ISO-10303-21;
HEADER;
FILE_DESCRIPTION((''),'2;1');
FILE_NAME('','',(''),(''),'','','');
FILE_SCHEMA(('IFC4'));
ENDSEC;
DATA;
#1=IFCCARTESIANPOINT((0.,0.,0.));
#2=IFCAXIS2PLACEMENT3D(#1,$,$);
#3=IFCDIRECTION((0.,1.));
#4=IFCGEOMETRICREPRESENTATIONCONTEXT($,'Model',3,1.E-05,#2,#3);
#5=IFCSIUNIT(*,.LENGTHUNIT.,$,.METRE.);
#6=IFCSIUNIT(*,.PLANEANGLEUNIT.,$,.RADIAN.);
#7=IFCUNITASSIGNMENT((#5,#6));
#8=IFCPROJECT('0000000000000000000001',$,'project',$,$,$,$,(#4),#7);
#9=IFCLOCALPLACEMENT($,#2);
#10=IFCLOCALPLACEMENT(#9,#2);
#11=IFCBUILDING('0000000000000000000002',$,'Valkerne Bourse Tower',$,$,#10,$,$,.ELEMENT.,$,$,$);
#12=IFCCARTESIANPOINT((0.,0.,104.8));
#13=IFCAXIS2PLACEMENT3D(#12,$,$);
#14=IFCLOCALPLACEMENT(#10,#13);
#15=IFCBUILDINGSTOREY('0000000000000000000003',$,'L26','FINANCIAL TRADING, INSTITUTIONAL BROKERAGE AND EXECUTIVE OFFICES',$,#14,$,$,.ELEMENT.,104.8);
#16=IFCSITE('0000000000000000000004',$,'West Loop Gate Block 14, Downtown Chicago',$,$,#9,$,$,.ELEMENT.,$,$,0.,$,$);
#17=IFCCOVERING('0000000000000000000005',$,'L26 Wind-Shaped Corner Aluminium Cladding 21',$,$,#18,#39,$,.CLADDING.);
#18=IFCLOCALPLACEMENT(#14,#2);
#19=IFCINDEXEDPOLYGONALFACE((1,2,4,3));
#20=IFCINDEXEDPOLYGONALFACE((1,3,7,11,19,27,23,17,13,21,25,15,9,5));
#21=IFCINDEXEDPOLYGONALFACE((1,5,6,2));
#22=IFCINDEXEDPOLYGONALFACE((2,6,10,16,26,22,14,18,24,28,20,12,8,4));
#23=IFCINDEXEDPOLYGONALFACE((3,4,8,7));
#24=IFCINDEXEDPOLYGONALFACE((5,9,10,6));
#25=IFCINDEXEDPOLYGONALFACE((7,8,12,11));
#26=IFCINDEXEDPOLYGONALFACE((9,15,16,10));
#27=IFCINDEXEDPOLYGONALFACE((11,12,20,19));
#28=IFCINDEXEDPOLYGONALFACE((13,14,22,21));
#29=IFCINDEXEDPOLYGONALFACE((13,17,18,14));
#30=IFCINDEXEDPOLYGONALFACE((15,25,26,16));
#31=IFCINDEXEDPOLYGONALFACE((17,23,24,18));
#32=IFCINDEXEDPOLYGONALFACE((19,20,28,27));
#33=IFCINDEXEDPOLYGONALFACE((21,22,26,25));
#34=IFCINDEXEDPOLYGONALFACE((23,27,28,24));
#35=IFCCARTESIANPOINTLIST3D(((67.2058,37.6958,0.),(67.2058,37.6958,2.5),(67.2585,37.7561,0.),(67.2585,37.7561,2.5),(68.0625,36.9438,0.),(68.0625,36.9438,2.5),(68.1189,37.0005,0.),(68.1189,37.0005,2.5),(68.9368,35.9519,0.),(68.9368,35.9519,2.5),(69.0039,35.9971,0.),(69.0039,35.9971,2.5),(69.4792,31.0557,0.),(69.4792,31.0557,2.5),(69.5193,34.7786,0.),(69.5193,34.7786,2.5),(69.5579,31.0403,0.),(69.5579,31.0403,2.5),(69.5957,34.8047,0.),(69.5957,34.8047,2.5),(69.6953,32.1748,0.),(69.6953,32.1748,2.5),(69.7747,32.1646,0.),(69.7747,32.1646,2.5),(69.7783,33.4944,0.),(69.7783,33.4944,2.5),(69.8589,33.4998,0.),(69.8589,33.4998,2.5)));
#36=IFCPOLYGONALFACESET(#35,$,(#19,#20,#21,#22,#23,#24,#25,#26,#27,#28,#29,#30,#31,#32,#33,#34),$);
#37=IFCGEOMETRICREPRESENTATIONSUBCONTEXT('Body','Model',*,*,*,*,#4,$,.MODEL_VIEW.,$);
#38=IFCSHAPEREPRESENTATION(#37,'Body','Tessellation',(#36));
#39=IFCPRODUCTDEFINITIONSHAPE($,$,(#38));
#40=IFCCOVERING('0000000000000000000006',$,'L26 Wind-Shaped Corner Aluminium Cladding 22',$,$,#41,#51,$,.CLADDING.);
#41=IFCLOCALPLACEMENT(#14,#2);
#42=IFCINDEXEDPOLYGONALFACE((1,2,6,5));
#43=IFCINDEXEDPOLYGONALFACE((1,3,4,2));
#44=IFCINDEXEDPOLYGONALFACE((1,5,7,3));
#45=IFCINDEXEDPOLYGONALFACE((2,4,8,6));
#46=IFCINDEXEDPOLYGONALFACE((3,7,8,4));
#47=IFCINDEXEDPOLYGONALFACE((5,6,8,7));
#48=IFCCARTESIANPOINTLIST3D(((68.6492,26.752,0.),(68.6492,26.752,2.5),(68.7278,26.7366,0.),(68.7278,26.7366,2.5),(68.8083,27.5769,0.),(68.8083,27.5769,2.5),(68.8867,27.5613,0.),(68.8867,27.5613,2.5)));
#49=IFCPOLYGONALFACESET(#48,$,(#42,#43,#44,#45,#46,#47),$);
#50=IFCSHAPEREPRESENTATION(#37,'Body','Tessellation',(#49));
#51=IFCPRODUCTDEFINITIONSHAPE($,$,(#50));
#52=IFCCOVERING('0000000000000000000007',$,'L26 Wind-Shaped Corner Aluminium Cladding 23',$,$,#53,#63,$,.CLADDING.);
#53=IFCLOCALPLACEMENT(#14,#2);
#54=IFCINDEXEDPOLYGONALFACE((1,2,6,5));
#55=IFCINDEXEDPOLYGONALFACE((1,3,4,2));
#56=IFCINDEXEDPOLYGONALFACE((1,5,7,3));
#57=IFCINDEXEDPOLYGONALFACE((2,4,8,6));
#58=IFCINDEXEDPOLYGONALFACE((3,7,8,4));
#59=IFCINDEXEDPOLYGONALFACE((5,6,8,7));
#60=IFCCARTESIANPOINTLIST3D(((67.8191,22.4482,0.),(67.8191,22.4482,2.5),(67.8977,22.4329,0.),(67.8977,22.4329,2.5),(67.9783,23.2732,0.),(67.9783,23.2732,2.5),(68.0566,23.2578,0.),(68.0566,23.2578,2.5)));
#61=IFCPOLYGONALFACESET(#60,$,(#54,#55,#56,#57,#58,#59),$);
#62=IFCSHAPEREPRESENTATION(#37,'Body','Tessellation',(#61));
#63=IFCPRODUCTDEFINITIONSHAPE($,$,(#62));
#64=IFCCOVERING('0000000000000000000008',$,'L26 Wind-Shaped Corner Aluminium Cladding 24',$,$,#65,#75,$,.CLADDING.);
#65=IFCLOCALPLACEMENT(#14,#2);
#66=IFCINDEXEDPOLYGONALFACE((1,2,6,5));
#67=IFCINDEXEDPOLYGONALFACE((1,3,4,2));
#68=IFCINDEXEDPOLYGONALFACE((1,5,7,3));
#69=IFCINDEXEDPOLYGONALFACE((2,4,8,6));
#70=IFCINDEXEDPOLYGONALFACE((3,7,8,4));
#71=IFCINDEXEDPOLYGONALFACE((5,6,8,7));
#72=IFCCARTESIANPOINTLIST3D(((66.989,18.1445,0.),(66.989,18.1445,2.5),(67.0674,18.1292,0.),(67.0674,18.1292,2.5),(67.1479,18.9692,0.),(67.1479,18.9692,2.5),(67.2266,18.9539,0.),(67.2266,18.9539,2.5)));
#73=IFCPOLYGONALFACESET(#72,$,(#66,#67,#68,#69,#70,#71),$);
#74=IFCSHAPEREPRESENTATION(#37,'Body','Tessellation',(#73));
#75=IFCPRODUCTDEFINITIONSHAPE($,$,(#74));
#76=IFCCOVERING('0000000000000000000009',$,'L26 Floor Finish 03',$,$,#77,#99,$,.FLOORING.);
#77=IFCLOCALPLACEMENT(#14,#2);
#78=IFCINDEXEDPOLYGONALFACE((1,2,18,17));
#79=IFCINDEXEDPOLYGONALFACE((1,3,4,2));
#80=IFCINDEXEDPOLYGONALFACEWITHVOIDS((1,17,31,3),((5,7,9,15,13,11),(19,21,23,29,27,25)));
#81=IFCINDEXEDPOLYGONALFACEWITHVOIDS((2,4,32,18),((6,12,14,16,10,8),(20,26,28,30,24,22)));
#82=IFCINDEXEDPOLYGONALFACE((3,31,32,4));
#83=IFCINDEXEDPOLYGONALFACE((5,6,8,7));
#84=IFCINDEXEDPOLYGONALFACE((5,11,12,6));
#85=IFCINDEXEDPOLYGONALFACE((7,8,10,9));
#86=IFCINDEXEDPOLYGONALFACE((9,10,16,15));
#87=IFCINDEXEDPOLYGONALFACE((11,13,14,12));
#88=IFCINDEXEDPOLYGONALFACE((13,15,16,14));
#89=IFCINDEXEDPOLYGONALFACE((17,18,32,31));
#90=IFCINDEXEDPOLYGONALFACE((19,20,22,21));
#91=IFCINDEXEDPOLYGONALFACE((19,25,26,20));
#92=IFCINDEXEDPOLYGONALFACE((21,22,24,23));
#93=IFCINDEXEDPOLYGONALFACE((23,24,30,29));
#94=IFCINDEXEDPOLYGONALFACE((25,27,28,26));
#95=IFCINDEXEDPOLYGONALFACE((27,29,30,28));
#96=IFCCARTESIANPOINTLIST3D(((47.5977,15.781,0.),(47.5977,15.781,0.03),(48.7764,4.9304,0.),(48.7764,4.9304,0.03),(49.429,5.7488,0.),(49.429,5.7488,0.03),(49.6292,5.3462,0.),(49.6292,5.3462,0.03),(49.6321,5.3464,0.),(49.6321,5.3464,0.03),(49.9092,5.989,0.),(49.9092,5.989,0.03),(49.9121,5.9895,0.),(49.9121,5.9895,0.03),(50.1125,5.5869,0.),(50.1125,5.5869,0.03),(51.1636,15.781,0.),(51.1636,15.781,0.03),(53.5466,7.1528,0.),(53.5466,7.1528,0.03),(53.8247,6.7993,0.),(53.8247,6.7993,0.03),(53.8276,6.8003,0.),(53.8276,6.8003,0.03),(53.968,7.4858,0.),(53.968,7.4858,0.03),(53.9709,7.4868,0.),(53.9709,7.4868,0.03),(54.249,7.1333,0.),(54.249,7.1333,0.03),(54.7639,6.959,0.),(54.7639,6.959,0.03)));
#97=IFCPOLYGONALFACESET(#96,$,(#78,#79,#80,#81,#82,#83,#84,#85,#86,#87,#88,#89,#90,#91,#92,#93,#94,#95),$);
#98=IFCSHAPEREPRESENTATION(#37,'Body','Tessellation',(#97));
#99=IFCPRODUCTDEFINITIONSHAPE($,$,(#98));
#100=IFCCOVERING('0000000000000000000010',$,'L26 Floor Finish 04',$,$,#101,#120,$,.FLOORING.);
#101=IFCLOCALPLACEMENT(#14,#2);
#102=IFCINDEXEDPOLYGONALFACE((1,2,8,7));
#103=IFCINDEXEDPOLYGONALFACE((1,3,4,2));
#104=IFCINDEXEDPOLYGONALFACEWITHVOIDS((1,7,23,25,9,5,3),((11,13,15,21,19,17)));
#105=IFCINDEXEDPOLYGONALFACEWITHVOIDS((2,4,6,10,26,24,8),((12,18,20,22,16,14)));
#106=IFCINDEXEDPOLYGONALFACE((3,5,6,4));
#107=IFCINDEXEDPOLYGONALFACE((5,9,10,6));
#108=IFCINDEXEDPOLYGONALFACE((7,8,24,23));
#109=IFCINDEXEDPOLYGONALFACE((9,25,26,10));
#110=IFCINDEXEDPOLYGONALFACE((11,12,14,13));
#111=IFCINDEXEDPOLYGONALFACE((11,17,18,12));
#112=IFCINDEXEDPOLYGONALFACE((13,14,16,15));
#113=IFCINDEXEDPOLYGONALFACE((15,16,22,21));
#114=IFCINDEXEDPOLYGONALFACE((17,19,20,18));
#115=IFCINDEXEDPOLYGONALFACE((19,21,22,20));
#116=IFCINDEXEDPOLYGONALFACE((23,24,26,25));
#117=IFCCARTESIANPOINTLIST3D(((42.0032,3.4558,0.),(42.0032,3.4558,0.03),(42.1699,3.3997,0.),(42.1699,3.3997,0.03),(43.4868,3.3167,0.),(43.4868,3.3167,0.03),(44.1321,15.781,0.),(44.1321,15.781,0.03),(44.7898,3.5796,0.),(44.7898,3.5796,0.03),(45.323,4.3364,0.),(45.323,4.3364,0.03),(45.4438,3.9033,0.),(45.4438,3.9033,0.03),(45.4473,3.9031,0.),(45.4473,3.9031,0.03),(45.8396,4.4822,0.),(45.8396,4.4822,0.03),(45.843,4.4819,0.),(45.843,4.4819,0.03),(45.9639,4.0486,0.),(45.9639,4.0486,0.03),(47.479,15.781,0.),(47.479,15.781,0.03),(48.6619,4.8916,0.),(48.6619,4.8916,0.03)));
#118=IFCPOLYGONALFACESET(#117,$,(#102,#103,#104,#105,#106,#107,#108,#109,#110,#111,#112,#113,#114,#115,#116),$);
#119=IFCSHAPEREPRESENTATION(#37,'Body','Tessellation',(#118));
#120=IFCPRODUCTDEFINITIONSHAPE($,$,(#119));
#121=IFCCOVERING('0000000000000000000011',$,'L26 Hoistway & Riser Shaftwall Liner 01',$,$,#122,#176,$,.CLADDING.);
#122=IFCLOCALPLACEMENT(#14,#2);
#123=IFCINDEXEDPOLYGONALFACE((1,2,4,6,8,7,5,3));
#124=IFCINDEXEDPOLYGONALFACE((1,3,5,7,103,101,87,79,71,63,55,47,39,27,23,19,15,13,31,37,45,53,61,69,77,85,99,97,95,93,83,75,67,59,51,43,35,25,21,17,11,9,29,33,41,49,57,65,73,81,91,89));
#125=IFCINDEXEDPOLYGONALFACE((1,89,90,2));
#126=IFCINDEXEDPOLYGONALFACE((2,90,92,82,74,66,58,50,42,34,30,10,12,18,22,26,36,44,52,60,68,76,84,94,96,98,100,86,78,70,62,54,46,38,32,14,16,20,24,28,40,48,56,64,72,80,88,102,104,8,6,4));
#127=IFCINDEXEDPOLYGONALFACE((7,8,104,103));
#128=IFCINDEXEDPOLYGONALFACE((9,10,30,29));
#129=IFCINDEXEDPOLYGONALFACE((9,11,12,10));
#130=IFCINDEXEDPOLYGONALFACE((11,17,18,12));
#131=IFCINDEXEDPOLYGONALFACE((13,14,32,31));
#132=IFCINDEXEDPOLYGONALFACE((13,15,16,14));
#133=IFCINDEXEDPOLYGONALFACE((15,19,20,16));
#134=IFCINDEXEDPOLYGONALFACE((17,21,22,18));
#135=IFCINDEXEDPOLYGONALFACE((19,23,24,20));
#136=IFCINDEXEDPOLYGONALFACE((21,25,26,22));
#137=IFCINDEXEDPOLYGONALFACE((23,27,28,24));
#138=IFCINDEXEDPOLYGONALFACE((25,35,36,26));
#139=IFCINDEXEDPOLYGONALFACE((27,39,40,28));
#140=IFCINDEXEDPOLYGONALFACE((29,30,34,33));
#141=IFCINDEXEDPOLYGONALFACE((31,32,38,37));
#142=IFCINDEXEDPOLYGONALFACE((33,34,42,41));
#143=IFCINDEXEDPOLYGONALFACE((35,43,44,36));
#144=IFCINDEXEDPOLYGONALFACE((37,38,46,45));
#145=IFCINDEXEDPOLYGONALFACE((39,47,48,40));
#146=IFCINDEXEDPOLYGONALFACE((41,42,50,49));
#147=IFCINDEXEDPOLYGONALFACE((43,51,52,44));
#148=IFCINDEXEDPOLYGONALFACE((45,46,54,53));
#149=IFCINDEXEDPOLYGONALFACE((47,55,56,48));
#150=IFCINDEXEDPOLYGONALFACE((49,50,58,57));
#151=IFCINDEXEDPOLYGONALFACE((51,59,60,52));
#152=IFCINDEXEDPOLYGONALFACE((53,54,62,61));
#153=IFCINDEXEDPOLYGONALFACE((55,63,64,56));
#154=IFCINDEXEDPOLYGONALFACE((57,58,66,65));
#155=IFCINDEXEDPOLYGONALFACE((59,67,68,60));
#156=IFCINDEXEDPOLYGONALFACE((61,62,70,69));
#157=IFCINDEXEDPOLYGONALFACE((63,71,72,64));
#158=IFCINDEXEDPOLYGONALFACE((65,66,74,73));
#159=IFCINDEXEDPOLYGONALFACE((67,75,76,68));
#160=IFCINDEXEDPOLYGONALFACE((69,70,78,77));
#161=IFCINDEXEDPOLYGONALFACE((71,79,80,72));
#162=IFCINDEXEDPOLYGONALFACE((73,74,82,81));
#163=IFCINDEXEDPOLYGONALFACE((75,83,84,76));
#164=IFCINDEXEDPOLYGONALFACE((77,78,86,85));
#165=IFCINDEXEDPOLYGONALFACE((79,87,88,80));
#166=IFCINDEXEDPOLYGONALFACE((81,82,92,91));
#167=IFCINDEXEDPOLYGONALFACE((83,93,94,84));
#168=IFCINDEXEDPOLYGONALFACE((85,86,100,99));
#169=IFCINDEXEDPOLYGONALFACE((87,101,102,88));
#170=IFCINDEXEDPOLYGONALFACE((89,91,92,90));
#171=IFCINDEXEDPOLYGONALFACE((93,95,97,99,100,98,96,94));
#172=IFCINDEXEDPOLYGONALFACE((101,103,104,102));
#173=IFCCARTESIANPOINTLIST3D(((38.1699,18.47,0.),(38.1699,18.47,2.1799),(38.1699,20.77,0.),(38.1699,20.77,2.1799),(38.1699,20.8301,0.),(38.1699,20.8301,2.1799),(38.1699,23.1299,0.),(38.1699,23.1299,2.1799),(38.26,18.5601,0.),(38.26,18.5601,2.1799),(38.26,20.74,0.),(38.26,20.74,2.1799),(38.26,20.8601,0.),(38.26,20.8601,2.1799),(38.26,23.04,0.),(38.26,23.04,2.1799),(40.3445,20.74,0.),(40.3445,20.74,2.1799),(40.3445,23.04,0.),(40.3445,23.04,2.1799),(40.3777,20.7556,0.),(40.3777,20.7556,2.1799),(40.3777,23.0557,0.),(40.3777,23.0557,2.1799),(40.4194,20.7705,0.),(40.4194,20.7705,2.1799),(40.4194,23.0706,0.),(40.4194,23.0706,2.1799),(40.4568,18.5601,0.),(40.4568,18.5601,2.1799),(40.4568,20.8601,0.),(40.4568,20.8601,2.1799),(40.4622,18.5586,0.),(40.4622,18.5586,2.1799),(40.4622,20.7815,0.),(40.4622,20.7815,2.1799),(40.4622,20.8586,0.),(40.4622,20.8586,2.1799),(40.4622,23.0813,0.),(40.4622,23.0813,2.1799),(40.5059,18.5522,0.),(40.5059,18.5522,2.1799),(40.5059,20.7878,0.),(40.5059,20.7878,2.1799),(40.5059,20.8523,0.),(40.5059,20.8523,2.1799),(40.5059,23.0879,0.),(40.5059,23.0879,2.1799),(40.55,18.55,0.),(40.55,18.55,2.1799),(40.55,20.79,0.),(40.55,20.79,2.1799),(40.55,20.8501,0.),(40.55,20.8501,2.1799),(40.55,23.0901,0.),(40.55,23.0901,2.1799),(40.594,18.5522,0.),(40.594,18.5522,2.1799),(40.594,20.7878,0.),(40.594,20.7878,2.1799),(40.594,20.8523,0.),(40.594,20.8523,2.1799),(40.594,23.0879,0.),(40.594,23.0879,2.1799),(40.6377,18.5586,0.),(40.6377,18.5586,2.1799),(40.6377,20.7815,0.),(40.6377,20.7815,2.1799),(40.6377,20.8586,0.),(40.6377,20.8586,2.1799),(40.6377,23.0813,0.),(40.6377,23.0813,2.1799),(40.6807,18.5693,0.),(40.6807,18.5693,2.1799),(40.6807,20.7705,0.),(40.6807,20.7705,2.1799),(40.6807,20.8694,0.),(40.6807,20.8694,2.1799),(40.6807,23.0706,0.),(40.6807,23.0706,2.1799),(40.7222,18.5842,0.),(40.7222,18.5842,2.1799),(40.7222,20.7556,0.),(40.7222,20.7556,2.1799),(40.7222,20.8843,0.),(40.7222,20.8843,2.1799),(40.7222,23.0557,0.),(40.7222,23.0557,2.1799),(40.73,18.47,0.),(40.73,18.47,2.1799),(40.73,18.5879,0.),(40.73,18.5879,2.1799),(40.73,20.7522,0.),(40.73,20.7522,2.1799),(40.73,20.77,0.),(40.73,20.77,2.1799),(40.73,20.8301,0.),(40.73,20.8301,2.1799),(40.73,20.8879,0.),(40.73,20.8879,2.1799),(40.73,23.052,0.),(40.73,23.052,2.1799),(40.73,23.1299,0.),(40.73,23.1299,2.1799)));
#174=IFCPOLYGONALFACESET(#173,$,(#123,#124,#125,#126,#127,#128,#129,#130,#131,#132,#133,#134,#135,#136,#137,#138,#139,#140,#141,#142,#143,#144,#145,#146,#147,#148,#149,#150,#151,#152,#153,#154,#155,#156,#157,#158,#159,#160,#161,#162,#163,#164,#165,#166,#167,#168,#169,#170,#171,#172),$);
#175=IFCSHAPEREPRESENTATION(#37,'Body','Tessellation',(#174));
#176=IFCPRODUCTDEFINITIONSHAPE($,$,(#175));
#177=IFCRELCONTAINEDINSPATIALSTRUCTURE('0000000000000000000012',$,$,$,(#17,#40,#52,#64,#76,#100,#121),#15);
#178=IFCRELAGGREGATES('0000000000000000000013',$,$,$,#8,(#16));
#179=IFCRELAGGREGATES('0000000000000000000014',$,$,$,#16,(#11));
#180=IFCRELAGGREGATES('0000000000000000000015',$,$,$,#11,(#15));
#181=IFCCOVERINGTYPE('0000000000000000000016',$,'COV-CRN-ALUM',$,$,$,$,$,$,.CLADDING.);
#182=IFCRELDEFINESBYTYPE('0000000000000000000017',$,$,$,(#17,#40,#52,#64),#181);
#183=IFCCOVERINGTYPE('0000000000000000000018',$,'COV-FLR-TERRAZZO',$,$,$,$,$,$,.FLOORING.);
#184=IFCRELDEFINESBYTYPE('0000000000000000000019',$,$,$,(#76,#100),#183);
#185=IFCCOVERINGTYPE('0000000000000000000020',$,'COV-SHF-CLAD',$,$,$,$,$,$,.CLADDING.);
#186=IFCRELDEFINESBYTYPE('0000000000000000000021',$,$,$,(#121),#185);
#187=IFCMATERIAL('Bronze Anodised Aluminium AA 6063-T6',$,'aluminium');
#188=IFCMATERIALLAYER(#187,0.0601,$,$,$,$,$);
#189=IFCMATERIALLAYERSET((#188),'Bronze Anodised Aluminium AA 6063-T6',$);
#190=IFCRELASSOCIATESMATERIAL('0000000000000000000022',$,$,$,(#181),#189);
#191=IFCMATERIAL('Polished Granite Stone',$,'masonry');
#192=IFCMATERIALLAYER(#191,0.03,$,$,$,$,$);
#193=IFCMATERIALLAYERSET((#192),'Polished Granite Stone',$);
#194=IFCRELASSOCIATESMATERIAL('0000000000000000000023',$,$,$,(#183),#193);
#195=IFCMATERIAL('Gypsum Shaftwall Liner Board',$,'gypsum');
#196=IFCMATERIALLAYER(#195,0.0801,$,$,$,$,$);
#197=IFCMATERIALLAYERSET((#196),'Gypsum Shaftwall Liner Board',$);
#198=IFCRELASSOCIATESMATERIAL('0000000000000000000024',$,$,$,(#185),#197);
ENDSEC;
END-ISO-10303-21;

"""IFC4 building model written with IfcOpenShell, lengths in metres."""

from ifc_helpers import new_model, si_unit, direction, frame, origin, place, context, subcontext, project, spatial, polyline, outline, extrude, material, layer, layer_set, type_object, element, save


model = new_model("IFC4")

# Units and contexts
model_context = context("Model", 3, precision=1e-05, world=origin(), true_north=direction((0.0, 1.0)))
body_context = subcontext(model_context, "Body", "Model", "MODEL_VIEW")
ifc_project = project(units=[si_unit("LENGTHUNIT", "METRE"), si_unit("PLANEANGLEUNIT", "RADIAN")], contexts=[model_context])

# Site, building, storey
site_placement = place(None, origin())
site = spatial("IfcSite", under=ifc_project, at=site_placement, Name="West Loop Gate Block 14, Downtown Chicago", CompositionType="ELEMENT", RefElevation=0.0)
building_placement = place(site_placement, origin())
building = spatial("IfcBuilding", under=site, at=building_placement, Name="Valkerne Bourse Tower", CompositionType="ELEMENT")
storey_placement = place(building_placement, frame((0.0, 0.0, 104.8)))
storey = spatial("IfcBuildingStorey", under=building, at=storey_placement, Name="L26", Description="FINANCIAL TRADING, INSTITUTIONAL BROKERAGE AND EXECUTIVE OFFICES", CompositionType="ELEMENT", Elevation=104.8)

# Coverings
ifc_material_1 = material(Name="Bronze Anodised Aluminium AA 6063-T6", Category="aluminium")
ifc_layer_1 = layer(ifc_material_1, 0.0601)
ifc_layer_set_1 = layer_set([ifc_layer_1], Name="Bronze Anodised Aluminium AA 6063-T6")
covering_type_1 = type_object("IfcCoveringType", Name="COV-CRN-ALUM", PredefinedType="CLADDING", material=ifc_layer_set_1)
covering_1_placement = place(storey_placement, origin())
element("IfcCovering", 1, at=covering_1_placement, inside=storey, type_object=covering_type_1, Name="L26 Wind-Shaped Corner Aluminium Cladding 21", PredefinedType="CLADDING", context=body_context, shape_type="SweptSolid", body=[
    extrude(outline(polyline([(68.1189, 37.0005), (69.0039, 35.9971), (69.5957, 34.8047), (69.8589, 33.4998), (69.7747, 32.1646), (69.5579, 31.0403), (69.4792, 31.0557), (69.6953, 32.1748), (69.7783, 33.4944), (69.5193, 34.7786), (68.9368, 35.9519), (68.0625, 36.9438), (67.2058, 37.6958), (67.2585, 37.7561), (68.1189, 37.0005)])), origin(), (0.0, 0.0, 1.0), 2.5),
])
covering_2_placement = place(storey_placement, origin())
element("IfcCovering", 2, at=covering_2_placement, inside=storey, type_object=covering_type_1, Name="L26 Wind-Shaped Corner Aluminium Cladding 22", PredefinedType="CLADDING", context=body_context, shape_type="SweptSolid", body=[
    extrude(outline(polyline([(68.7278, 26.7366), (68.6492, 26.752), (68.8083, 27.5769), (68.8867, 27.5613), (68.7278, 26.7366)])), origin(), (0.0, 0.0, 1.0), 2.5),
])
covering_3_placement = place(storey_placement, origin())
element("IfcCovering", 3, at=covering_3_placement, inside=storey, type_object=covering_type_1, Name="L26 Wind-Shaped Corner Aluminium Cladding 23", PredefinedType="CLADDING", context=body_context, shape_type="SweptSolid", body=[
    extrude(outline(polyline([(67.8977, 22.4329), (67.8191, 22.4482), (67.9783, 23.2732), (68.0566, 23.2578), (67.8977, 22.4329)])), origin(), (0.0, 0.0, 1.0), 2.5),
])
covering_4_placement = place(storey_placement, origin())
element("IfcCovering", 4, at=covering_4_placement, inside=storey, type_object=covering_type_1, Name="L26 Wind-Shaped Corner Aluminium Cladding 24", PredefinedType="CLADDING", context=body_context, shape_type="SweptSolid", body=[
    extrude(outline(polyline([(67.0674, 18.1292), (66.989, 18.1445), (67.1479, 18.9692), (67.2266, 18.9539), (67.0674, 18.1292)])), origin(), (0.0, 0.0, 1.0), 2.5),
])
ifc_material_2 = material(Name="Polished Granite Stone", Category="masonry")
ifc_layer_2 = layer(ifc_material_2, 0.03)
ifc_layer_set_2 = layer_set([ifc_layer_2], Name="Polished Granite Stone")
covering_type_2 = type_object("IfcCoveringType", Name="COV-FLR-TERRAZZO", PredefinedType="FLOORING", material=ifc_layer_set_2)
covering_5_placement = place(storey_placement, origin())
element("IfcCovering", 5, at=covering_5_placement, inside=storey, type_object=covering_type_2, Name="L26 Floor Finish 03", PredefinedType="FLOORING", context=body_context, shape_type="SweptSolid", body=[
    extrude(outline(polyline([(51.1636, 15.781), (54.7639, 6.959), (48.7764, 4.9304), (47.5977, 15.781), (51.1636, 15.781)]), holes=[polyline([(50.1125, 5.5869), (49.9121, 5.9895), (49.9092, 5.989), (49.429, 5.7488), (49.6292, 5.3462), (49.6321, 5.3464), (50.1125, 5.5869)]), polyline([(54.249, 7.1333), (53.9709, 7.4868), (53.968, 7.4858), (53.5466, 7.1528), (53.8247, 6.7993), (53.8276, 6.8003), (54.249, 7.1333)])]), origin(), (0.0, 0.0, 1.0), 0.03),
])
covering_6_placement = place(storey_placement, origin())
element("IfcCovering", 6, at=covering_6_placement, inside=storey, type_object=covering_type_2, Name="L26 Floor Finish 04", PredefinedType="FLOORING", context=body_context, shape_type="SweptSolid", body=[
    extrude(outline(polyline([(42.1699, 3.3997), (42.0032, 3.4558), (44.1321, 15.781), (47.479, 15.781), (48.6619, 4.8916), (44.7898, 3.5796), (43.4868, 3.3167), (42.1699, 3.3997)]), holes=[polyline([(45.9639, 4.0486), (45.843, 4.4819), (45.8396, 4.4822), (45.323, 4.3364), (45.4438, 3.9033), (45.4473, 3.9031), (45.9639, 4.0486)])]), origin(), (0.0, 0.0, 1.0), 0.03),
])
ifc_material_3 = material(Name="Gypsum Shaftwall Liner Board", Category="gypsum")
ifc_layer_3 = layer(ifc_material_3, 0.0801)
ifc_layer_set_3 = layer_set([ifc_layer_3], Name="Gypsum Shaftwall Liner Board")
covering_type_3 = type_object("IfcCoveringType", Name="COV-SHF-CLAD", PredefinedType="CLADDING", material=ifc_layer_set_3)
covering_7_placement = place(storey_placement, origin())
element("IfcCovering", 7, at=covering_7_placement, inside=storey, type_object=covering_type_3, Name="L26 Hoistway & Riser Shaftwall Liner 01", PredefinedType="CLADDING", context=body_context, shape_type="SweptSolid", body=[
    extrude(outline(polyline([(38.1699, 23.1299), (40.73, 23.1299), (40.73, 23.052), (40.7222, 23.0557), (40.6807, 23.0706), (40.6377, 23.0813), (40.594, 23.0879), (40.55, 23.0901), (40.5059, 23.0879), (40.4622, 23.0813), (40.4194, 23.0706), (40.3777, 23.0557), (40.3445, 23.04), (38.26, 23.04), (38.26, 20.8601), (40.4568, 20.8601), (40.4622, 20.8586), (40.5059, 20.8523), (40.55, 20.8501), (40.594, 20.8523), (40.6377, 20.8586), (40.6807, 20.8694), (40.7222, 20.8843), (40.73, 20.8879), (40.73, 20.8301), (40.73, 20.77), (40.73, 20.7522), (40.7222, 20.7556), (40.6807, 20.7705), (40.6377, 20.7815), (40.594, 20.7878), (40.55, 20.79), (40.5059, 20.7878), (40.4622, 20.7815), (40.4194, 20.7705), (40.3777, 20.7556), (40.3445, 20.74), (38.26, 20.74), (38.26, 18.5601), (40.4568, 18.5601), (40.4622, 18.5586), (40.5059, 18.5522), (40.55, 18.55), (40.594, 18.5522), (40.6377, 18.5586), (40.6807, 18.5693), (40.7222, 18.5842), (40.73, 18.5879), (40.73, 18.47), (38.1699, 18.47), (38.1699, 20.77), (38.1699, 20.8301), (38.1699, 23.1299)])), origin(), (0.0, 0.0, 1.0), 2.1799),
])

save(model, "model.ifc")
